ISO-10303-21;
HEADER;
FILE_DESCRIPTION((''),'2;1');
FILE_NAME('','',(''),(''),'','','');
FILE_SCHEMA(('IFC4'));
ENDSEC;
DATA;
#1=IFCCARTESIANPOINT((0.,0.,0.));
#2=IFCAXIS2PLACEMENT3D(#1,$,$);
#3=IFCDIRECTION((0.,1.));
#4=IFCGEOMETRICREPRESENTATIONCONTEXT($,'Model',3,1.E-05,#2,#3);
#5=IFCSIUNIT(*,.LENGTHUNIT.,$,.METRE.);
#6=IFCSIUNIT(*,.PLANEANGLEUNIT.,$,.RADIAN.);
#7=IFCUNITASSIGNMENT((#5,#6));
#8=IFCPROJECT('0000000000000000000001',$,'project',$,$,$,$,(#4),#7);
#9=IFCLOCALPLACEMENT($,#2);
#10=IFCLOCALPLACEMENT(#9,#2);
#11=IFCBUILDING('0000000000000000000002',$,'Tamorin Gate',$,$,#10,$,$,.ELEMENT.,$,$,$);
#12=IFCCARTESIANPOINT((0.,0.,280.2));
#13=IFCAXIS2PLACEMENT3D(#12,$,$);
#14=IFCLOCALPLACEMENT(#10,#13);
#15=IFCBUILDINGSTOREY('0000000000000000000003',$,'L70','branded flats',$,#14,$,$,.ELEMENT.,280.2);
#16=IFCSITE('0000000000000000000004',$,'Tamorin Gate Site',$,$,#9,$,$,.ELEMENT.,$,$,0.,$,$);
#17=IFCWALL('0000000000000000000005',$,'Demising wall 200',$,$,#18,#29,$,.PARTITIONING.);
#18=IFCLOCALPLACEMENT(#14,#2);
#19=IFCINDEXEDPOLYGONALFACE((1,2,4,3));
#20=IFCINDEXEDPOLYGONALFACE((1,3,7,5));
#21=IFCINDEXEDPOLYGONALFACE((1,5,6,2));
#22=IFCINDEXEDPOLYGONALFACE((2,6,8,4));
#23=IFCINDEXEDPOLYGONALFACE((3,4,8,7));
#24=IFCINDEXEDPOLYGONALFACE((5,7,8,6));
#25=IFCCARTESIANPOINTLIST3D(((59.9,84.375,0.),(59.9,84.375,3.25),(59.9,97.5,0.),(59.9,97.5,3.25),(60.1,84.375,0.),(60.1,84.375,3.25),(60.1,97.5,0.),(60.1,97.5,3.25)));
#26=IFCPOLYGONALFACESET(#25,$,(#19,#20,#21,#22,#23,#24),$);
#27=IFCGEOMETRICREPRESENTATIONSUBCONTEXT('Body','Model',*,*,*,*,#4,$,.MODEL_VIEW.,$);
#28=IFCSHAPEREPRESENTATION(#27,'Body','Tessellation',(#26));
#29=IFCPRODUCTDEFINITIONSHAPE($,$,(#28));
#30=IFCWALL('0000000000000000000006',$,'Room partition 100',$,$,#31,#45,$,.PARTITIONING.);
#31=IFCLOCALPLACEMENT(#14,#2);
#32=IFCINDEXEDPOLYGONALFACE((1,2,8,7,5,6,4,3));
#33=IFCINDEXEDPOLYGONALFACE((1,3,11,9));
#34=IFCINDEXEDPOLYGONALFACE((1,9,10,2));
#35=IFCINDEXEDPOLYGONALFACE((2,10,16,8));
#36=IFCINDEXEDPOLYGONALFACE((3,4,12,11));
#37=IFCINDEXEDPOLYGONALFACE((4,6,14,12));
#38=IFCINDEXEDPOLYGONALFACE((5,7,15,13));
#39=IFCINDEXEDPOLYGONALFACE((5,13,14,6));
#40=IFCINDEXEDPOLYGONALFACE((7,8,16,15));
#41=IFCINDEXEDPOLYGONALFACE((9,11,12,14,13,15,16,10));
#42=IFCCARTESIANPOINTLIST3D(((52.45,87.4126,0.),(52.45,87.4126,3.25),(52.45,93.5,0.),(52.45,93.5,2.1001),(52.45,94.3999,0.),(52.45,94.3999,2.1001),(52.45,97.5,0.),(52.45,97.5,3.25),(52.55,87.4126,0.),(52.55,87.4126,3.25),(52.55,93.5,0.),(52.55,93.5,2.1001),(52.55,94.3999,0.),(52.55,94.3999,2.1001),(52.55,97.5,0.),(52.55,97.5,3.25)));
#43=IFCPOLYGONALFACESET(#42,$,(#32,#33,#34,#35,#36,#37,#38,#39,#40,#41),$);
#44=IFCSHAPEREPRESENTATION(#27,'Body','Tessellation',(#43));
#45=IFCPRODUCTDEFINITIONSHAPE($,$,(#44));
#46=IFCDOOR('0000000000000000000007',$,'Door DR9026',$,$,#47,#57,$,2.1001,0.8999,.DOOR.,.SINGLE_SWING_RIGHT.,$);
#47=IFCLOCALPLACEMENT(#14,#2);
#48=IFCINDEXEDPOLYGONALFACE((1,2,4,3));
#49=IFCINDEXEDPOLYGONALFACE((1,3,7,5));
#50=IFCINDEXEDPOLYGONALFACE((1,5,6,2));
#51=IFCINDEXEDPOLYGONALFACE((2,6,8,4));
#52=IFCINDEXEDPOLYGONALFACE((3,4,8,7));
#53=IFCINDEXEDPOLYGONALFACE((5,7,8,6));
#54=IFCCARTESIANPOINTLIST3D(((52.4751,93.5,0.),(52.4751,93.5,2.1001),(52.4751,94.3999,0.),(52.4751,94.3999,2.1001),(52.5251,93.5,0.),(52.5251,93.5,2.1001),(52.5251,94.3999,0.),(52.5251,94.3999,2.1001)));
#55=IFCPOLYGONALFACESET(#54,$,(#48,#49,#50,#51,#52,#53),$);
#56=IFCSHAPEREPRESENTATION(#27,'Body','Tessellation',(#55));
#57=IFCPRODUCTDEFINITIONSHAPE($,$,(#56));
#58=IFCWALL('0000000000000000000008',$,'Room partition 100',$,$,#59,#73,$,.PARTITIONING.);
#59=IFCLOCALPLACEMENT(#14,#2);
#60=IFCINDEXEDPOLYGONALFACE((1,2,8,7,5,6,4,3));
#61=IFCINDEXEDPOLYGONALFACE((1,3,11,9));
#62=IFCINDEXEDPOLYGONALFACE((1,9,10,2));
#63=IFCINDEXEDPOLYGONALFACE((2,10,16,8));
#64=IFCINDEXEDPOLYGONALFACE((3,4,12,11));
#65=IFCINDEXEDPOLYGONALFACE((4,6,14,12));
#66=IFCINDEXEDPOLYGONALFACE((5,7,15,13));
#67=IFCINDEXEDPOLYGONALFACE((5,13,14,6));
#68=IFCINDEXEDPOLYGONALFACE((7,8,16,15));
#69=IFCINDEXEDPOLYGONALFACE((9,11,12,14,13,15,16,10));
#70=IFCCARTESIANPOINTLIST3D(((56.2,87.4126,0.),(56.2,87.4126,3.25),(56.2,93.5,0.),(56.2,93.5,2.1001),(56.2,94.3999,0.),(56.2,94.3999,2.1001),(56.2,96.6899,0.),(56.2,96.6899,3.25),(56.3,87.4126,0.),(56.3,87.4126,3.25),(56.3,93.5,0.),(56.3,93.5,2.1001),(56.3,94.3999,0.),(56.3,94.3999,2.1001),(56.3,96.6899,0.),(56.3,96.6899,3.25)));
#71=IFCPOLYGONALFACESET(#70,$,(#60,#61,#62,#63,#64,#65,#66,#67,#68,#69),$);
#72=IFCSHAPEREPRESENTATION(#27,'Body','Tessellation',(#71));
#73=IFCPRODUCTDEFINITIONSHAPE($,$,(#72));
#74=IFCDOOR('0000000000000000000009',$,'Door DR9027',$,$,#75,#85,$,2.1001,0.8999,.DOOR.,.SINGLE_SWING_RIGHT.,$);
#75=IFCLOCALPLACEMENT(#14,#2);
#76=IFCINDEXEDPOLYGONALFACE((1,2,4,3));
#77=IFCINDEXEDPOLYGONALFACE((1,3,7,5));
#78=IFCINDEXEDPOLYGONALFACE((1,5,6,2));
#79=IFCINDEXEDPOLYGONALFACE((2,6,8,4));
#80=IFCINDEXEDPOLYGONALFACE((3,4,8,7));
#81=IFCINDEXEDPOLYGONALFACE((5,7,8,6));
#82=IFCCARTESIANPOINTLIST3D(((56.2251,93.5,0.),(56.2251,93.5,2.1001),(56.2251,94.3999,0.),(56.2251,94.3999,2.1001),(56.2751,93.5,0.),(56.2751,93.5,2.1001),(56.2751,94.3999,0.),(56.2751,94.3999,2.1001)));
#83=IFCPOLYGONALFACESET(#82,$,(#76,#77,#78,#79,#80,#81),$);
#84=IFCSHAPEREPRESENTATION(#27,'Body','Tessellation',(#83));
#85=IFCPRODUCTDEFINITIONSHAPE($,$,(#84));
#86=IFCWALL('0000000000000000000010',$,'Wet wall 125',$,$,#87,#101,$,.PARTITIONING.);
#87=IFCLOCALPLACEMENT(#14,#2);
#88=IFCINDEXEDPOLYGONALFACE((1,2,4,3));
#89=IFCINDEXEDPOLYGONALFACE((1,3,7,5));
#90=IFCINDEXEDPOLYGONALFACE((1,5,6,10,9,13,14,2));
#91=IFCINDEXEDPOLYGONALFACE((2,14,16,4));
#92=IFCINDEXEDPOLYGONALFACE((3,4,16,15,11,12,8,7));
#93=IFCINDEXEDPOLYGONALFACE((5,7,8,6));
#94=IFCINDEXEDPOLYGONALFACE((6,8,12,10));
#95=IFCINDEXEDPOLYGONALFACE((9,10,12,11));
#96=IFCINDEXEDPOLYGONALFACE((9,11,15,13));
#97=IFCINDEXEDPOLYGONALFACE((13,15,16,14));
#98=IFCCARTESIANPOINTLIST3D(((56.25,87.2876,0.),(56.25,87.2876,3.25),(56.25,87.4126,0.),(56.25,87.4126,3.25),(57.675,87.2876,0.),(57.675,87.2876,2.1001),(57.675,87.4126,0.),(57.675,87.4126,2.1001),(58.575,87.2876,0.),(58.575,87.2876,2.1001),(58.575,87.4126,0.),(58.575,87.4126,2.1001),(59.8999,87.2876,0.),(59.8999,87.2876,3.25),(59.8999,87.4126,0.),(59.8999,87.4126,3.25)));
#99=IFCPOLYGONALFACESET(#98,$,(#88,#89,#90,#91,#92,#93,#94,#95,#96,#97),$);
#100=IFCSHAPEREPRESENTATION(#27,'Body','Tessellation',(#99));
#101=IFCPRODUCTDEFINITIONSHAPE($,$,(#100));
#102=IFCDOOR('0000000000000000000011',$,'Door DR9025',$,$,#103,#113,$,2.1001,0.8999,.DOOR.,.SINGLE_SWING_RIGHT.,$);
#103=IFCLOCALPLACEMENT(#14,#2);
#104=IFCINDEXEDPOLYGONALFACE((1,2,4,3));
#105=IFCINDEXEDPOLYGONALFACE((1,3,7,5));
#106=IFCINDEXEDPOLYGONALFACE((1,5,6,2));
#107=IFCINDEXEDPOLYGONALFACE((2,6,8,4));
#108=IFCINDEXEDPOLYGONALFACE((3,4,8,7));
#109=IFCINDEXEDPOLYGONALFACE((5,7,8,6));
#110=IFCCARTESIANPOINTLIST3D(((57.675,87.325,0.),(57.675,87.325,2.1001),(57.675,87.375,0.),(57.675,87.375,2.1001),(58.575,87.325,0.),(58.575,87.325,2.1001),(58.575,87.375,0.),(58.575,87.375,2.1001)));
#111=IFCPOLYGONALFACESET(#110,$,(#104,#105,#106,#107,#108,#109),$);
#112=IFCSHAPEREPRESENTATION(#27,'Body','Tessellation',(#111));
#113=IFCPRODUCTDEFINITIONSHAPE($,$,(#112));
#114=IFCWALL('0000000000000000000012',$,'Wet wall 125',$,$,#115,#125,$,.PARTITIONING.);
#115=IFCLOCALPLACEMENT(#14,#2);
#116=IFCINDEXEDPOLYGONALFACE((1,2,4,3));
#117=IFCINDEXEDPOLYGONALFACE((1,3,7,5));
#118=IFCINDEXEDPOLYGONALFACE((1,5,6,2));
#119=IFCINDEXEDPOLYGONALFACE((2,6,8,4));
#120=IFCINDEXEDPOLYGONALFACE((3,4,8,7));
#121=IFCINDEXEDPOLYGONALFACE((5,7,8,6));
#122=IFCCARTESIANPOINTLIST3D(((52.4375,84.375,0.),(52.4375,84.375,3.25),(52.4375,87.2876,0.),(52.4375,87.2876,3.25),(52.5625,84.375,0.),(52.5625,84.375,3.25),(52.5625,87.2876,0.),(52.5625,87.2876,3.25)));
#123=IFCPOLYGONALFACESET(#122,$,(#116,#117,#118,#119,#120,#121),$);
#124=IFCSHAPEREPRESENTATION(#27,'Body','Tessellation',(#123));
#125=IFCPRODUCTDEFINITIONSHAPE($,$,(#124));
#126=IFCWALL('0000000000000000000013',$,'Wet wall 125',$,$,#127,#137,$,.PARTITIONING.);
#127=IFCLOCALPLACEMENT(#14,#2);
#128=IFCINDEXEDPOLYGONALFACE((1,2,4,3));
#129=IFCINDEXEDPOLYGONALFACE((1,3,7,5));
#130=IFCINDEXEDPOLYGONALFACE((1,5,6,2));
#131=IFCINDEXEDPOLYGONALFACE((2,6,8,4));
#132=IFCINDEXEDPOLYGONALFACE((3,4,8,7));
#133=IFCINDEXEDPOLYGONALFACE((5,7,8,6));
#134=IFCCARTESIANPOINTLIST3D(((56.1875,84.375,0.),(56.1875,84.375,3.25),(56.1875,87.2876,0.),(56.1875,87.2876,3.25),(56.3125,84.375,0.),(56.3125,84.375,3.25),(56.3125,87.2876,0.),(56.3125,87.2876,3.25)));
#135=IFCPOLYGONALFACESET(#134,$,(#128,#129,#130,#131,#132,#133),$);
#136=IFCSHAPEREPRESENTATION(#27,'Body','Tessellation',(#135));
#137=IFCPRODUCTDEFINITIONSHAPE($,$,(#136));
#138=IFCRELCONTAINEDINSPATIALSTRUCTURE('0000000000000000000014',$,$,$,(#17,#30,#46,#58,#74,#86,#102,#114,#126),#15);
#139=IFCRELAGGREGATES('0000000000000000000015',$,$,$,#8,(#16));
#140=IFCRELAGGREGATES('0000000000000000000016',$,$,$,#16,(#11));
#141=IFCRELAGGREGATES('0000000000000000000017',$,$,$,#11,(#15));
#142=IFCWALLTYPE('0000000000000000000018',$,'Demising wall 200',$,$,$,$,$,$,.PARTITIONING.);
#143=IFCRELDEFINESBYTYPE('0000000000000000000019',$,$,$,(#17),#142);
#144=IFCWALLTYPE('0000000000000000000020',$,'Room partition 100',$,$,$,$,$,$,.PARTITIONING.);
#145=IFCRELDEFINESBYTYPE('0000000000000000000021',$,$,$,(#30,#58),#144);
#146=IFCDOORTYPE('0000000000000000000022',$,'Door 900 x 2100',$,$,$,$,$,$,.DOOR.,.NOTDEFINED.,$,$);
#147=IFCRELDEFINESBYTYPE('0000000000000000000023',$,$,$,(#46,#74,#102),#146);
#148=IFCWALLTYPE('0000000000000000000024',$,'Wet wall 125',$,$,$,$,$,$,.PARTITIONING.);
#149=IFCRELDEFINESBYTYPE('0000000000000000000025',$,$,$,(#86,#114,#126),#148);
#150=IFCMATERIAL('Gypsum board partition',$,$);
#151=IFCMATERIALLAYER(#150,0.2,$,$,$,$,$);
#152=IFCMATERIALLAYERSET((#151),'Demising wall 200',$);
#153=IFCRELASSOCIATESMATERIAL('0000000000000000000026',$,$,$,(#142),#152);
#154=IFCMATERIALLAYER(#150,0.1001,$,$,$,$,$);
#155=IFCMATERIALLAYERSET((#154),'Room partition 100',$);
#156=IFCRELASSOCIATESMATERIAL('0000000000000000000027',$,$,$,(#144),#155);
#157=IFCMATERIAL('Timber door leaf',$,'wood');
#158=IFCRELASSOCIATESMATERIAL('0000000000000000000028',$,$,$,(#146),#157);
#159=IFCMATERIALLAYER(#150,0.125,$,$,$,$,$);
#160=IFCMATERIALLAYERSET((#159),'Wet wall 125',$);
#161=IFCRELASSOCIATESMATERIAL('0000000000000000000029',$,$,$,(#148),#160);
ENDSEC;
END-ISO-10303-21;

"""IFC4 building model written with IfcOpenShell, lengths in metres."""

from ifc_helpers import new_model, si_unit, direction, frame, frame_2d, origin, place, context, subcontext, project, spatial, rectangle, extrude, material, layer, layer_set, type_object, element, fill, save


model = new_model("IFC4")

# Units and contexts
model_context = context("Model", 3, precision=1e-05, world=origin(), true_north=direction((0.0, 1.0)))
body_context = subcontext(model_context, "Body", "Model", "MODEL_VIEW")
ifc_project = project(units=[si_unit("LENGTHUNIT", "METRE"), si_unit("PLANEANGLEUNIT", "RADIAN")], contexts=[model_context])

# Site, building, storey
site_placement = place(None, origin())
site = spatial("IfcSite", under=ifc_project, at=site_placement, Name="Tamorin Gate Site", CompositionType="ELEMENT", RefElevation=0.0)
building_placement = place(site_placement, origin())
building = spatial("IfcBuilding", under=site, at=building_placement, Name="Tamorin Gate", CompositionType="ELEMENT")
storey_placement = place(building_placement, frame((0.0, 0.0, 280.2)))
storey = spatial("IfcBuildingStorey", under=building, at=storey_placement, Name="L70", Description="branded flats", CompositionType="ELEMENT", Elevation=280.2)

# Wall
ifc_material_1 = material(Name="Gypsum board partition")
ifc_layer_1 = layer(ifc_material_1, 0.2)
ifc_layer_set_1 = layer_set([ifc_layer_1], Name="Demising wall 200")
wall_type_1 = type_object("IfcWallType", Name="Demising wall 200", PredefinedType="PARTITIONING", material=ifc_layer_set_1)
wall_1_placement = place(storey_placement, frame((60.0, 84.375, 0.0), z_axis=(0.0, 0.0, 1.0), x_axis=(0.0, 1.0, 0.0)))
element("IfcWall", 1, at=wall_1_placement, inside=storey, type_object=wall_type_1, Name="Demising wall 200", PredefinedType="PARTITIONING", context=body_context, shape_type="SweptSolid", body=[
    extrude(rectangle(XDim=13.125, YDim=0.2, at=frame_2d((6.5625, 0.0))), origin(), (0.0, 0.0, 1.0), 3.25),
])

# Walls, openings, doors
ifc_layer_2 = layer(ifc_material_1, 0.1001)
ifc_layer_set_2 = layer_set([ifc_layer_2], Name="Room partition 100")
wall_type_2 = type_object("IfcWallType", Name="Room partition 100", PredefinedType="PARTITIONING", material=ifc_layer_set_2)
wall_2_placement = place(storey_placement, frame((52.5, 87.4126, 0.0), z_axis=(0.0, 0.0, 1.0), x_axis=(0.0, 1.0, 0.0)))
wall_2 = element("IfcWall", 2, at=wall_2_placement, inside=storey, type_object=wall_type_2, Name="Room partition 100", PredefinedType="PARTITIONING", context=body_context, shape_type="SweptSolid", body=[
    extrude(rectangle(XDim=10.0874, YDim=0.1001, at=frame_2d((5.0437, 0.0))), origin(), (0.0, 0.0, 1.0), 3.25),
])
opening_1_placement = place(wall_2_placement, frame((6.0874, 0.0, 0.0)))
opening_1 = element("IfcOpeningElement", 3, at=opening_1_placement, cuts=wall_2, PredefinedType="OPENING", context=body_context, shape_type="SweptSolid", body=[
    extrude(rectangle(XDim=0.8999, YDim=2.1001, at=frame_2d((0.45, 1.05))), frame((0.0, 0.0601, 0.0), z_axis=(0.0, -1.0, 0.0), x_axis=(1.0, 0.0, 0.0)), (0.0, 0.0, 1.0), 0.1201),
])
ifc_material_2 = material(Name="Timber door leaf", Category="wood")
door_type = type_object("IfcDoorType", Name="Door 900 x 2100", OperationType="NOTDEFINED", PredefinedType="DOOR", material=ifc_material_2)
door_1_placement = place(opening_1_placement, origin())
door_1 = element("IfcDoor", 4, at=door_1_placement, inside=storey, type_object=door_type, Name="Door DR9026", OperationType="SINGLE_SWING_RIGHT", OverallHeight=2.1001, OverallWidth=0.8999, PredefinedType="DOOR", context=body_context, shape_type="SweptSolid", body=[
    extrude(rectangle(XDim=0.8999, YDim=2.1001, at=frame_2d((0.45, 1.05))), frame((0.0, 0.0249, 0.0), z_axis=(0.0, -1.0, 0.0), x_axis=(1.0, 0.0, 0.0)), (0.0, 0.0, 1.0), 0.05),
])
fill(opening_1, door_1)
wall_3_placement = place(storey_placement, frame((56.25, 87.4126, 0.0), z_axis=(0.0, 0.0, 1.0), x_axis=(0.0, 1.0, 0.0)))
wall_3 = element("IfcWall", 5, at=wall_3_placement, inside=storey, type_object=wall_type_2, Name="Room partition 100", PredefinedType="PARTITIONING", context=body_context, shape_type="SweptSolid", body=[
    extrude(rectangle(XDim=9.2773, YDim=0.1001, at=frame_2d((4.6387, 0.0))), origin(), (0.0, 0.0, 1.0), 3.25),
])
opening_2_placement = place(wall_3_placement, frame((6.0874, 0.0, 0.0)))
opening_2 = element("IfcOpeningElement", 6, at=opening_2_placement, cuts=wall_3, PredefinedType="OPENING", context=body_context, shape_type="SweptSolid", body=[
    extrude(rectangle(XDim=0.8999, YDim=2.1001, at=frame_2d((0.45, 1.05))), frame((0.0, 0.0601, 0.0), z_axis=(0.0, -1.0, 0.0), x_axis=(1.0, 0.0, 0.0)), (0.0, 0.0, 1.0), 0.1201),
])
door_2_placement = place(opening_2_placement, origin())
door_2 = element("IfcDoor", 7, at=door_2_placement, inside=storey, type_object=door_type, Name="Door DR9027", OperationType="SINGLE_SWING_RIGHT", OverallHeight=2.1001, OverallWidth=0.8999, PredefinedType="DOOR", context=body_context, shape_type="SweptSolid", body=[
    extrude(rectangle(XDim=0.8999, YDim=2.1001, at=frame_2d((0.45, 1.05))), frame((0.0, 0.0249, 0.0), z_axis=(0.0, -1.0, 0.0), x_axis=(1.0, 0.0, 0.0)), (0.0, 0.0, 1.0), 0.05),
])
fill(opening_2, door_2)
ifc_layer_3 = layer(ifc_material_1, 0.125)
ifc_layer_set_3 = layer_set([ifc_layer_3], Name="Wet wall 125")
wall_type_3 = type_object("IfcWallType", Name="Wet wall 125", PredefinedType="PARTITIONING", material=ifc_layer_set_3)
wall_4_placement = place(storey_placement, frame((56.25, 87.3501, 0.0), z_axis=(0.0, 0.0, 1.0), x_axis=(1.0, 0.0, 0.0)))
wall_4 = element("IfcWall", 8, at=wall_4_placement, inside=storey, type_object=wall_type_3, Name="Wet wall 125", PredefinedType="PARTITIONING", context=body_context, shape_type="SweptSolid", body=[
    extrude(rectangle(XDim=3.6499, YDim=0.125, at=frame_2d((1.825, 0.0))), origin(), (0.0, 0.0, 1.0), 3.25),
])
opening_3_placement = place(wall_4_placement, frame((1.425, 0.0, 0.0)))
opening_3 = element("IfcOpeningElement", 9, at=opening_3_placement, cuts=wall_4, PredefinedType="OPENING", context=body_context, shape_type="SweptSolid", body=[
    extrude(rectangle(XDim=0.8999, YDim=2.1001, at=frame_2d((0.45, 1.05))), frame((0.0, 0.0725, 0.0), z_axis=(0.0, -1.0, 0.0), x_axis=(1.0, 0.0, 0.0)), (0.0, 0.0, 1.0), 0.145),
])
door_3_placement = place(opening_3_placement, origin())
door_3 = element("IfcDoor", 10, at=door_3_placement, inside=storey, type_object=door_type, Name="Door DR9025", OperationType="SINGLE_SWING_RIGHT", OverallHeight=2.1001, OverallWidth=0.8999, PredefinedType="DOOR", context=body_context, shape_type="SweptSolid", body=[
    extrude(rectangle(XDim=0.8999, YDim=2.1001, at=frame_2d((0.45, 1.05))), frame((0.0, 0.0249, 0.0), z_axis=(0.0, -1.0, 0.0), x_axis=(1.0, 0.0, 0.0)), (0.0, 0.0, 1.0), 0.05),
])
fill(opening_3, door_3)

# Walls
for number, where, z_axis, x_axis, name in (
    (11, (52.5, 84.375, 0.0), (0.0, 0.0, 1.0), (0.0, 1.0, 0.0), "Wet wall 125"),
    (12, (56.25, 84.375, 0.0), (0.0, 0.0, 1.0), (0.0, 1.0, 0.0), "Wet wall 125"),
):
    element("IfcWall", number, at=place(storey_placement, frame(where, z_axis=z_axis, x_axis=x_axis)), inside=storey, type_object=wall_type_3, Name=name, PredefinedType="PARTITIONING", context=body_context, shape_type="SweptSolid", body=[
        extrude(rectangle(XDim=2.9126, YDim=0.125, at=frame_2d((1.4563, 0.0))), origin(), (0.0, 0.0, 1.0), 3.25),
    ])

save(model, "model.ifc")
